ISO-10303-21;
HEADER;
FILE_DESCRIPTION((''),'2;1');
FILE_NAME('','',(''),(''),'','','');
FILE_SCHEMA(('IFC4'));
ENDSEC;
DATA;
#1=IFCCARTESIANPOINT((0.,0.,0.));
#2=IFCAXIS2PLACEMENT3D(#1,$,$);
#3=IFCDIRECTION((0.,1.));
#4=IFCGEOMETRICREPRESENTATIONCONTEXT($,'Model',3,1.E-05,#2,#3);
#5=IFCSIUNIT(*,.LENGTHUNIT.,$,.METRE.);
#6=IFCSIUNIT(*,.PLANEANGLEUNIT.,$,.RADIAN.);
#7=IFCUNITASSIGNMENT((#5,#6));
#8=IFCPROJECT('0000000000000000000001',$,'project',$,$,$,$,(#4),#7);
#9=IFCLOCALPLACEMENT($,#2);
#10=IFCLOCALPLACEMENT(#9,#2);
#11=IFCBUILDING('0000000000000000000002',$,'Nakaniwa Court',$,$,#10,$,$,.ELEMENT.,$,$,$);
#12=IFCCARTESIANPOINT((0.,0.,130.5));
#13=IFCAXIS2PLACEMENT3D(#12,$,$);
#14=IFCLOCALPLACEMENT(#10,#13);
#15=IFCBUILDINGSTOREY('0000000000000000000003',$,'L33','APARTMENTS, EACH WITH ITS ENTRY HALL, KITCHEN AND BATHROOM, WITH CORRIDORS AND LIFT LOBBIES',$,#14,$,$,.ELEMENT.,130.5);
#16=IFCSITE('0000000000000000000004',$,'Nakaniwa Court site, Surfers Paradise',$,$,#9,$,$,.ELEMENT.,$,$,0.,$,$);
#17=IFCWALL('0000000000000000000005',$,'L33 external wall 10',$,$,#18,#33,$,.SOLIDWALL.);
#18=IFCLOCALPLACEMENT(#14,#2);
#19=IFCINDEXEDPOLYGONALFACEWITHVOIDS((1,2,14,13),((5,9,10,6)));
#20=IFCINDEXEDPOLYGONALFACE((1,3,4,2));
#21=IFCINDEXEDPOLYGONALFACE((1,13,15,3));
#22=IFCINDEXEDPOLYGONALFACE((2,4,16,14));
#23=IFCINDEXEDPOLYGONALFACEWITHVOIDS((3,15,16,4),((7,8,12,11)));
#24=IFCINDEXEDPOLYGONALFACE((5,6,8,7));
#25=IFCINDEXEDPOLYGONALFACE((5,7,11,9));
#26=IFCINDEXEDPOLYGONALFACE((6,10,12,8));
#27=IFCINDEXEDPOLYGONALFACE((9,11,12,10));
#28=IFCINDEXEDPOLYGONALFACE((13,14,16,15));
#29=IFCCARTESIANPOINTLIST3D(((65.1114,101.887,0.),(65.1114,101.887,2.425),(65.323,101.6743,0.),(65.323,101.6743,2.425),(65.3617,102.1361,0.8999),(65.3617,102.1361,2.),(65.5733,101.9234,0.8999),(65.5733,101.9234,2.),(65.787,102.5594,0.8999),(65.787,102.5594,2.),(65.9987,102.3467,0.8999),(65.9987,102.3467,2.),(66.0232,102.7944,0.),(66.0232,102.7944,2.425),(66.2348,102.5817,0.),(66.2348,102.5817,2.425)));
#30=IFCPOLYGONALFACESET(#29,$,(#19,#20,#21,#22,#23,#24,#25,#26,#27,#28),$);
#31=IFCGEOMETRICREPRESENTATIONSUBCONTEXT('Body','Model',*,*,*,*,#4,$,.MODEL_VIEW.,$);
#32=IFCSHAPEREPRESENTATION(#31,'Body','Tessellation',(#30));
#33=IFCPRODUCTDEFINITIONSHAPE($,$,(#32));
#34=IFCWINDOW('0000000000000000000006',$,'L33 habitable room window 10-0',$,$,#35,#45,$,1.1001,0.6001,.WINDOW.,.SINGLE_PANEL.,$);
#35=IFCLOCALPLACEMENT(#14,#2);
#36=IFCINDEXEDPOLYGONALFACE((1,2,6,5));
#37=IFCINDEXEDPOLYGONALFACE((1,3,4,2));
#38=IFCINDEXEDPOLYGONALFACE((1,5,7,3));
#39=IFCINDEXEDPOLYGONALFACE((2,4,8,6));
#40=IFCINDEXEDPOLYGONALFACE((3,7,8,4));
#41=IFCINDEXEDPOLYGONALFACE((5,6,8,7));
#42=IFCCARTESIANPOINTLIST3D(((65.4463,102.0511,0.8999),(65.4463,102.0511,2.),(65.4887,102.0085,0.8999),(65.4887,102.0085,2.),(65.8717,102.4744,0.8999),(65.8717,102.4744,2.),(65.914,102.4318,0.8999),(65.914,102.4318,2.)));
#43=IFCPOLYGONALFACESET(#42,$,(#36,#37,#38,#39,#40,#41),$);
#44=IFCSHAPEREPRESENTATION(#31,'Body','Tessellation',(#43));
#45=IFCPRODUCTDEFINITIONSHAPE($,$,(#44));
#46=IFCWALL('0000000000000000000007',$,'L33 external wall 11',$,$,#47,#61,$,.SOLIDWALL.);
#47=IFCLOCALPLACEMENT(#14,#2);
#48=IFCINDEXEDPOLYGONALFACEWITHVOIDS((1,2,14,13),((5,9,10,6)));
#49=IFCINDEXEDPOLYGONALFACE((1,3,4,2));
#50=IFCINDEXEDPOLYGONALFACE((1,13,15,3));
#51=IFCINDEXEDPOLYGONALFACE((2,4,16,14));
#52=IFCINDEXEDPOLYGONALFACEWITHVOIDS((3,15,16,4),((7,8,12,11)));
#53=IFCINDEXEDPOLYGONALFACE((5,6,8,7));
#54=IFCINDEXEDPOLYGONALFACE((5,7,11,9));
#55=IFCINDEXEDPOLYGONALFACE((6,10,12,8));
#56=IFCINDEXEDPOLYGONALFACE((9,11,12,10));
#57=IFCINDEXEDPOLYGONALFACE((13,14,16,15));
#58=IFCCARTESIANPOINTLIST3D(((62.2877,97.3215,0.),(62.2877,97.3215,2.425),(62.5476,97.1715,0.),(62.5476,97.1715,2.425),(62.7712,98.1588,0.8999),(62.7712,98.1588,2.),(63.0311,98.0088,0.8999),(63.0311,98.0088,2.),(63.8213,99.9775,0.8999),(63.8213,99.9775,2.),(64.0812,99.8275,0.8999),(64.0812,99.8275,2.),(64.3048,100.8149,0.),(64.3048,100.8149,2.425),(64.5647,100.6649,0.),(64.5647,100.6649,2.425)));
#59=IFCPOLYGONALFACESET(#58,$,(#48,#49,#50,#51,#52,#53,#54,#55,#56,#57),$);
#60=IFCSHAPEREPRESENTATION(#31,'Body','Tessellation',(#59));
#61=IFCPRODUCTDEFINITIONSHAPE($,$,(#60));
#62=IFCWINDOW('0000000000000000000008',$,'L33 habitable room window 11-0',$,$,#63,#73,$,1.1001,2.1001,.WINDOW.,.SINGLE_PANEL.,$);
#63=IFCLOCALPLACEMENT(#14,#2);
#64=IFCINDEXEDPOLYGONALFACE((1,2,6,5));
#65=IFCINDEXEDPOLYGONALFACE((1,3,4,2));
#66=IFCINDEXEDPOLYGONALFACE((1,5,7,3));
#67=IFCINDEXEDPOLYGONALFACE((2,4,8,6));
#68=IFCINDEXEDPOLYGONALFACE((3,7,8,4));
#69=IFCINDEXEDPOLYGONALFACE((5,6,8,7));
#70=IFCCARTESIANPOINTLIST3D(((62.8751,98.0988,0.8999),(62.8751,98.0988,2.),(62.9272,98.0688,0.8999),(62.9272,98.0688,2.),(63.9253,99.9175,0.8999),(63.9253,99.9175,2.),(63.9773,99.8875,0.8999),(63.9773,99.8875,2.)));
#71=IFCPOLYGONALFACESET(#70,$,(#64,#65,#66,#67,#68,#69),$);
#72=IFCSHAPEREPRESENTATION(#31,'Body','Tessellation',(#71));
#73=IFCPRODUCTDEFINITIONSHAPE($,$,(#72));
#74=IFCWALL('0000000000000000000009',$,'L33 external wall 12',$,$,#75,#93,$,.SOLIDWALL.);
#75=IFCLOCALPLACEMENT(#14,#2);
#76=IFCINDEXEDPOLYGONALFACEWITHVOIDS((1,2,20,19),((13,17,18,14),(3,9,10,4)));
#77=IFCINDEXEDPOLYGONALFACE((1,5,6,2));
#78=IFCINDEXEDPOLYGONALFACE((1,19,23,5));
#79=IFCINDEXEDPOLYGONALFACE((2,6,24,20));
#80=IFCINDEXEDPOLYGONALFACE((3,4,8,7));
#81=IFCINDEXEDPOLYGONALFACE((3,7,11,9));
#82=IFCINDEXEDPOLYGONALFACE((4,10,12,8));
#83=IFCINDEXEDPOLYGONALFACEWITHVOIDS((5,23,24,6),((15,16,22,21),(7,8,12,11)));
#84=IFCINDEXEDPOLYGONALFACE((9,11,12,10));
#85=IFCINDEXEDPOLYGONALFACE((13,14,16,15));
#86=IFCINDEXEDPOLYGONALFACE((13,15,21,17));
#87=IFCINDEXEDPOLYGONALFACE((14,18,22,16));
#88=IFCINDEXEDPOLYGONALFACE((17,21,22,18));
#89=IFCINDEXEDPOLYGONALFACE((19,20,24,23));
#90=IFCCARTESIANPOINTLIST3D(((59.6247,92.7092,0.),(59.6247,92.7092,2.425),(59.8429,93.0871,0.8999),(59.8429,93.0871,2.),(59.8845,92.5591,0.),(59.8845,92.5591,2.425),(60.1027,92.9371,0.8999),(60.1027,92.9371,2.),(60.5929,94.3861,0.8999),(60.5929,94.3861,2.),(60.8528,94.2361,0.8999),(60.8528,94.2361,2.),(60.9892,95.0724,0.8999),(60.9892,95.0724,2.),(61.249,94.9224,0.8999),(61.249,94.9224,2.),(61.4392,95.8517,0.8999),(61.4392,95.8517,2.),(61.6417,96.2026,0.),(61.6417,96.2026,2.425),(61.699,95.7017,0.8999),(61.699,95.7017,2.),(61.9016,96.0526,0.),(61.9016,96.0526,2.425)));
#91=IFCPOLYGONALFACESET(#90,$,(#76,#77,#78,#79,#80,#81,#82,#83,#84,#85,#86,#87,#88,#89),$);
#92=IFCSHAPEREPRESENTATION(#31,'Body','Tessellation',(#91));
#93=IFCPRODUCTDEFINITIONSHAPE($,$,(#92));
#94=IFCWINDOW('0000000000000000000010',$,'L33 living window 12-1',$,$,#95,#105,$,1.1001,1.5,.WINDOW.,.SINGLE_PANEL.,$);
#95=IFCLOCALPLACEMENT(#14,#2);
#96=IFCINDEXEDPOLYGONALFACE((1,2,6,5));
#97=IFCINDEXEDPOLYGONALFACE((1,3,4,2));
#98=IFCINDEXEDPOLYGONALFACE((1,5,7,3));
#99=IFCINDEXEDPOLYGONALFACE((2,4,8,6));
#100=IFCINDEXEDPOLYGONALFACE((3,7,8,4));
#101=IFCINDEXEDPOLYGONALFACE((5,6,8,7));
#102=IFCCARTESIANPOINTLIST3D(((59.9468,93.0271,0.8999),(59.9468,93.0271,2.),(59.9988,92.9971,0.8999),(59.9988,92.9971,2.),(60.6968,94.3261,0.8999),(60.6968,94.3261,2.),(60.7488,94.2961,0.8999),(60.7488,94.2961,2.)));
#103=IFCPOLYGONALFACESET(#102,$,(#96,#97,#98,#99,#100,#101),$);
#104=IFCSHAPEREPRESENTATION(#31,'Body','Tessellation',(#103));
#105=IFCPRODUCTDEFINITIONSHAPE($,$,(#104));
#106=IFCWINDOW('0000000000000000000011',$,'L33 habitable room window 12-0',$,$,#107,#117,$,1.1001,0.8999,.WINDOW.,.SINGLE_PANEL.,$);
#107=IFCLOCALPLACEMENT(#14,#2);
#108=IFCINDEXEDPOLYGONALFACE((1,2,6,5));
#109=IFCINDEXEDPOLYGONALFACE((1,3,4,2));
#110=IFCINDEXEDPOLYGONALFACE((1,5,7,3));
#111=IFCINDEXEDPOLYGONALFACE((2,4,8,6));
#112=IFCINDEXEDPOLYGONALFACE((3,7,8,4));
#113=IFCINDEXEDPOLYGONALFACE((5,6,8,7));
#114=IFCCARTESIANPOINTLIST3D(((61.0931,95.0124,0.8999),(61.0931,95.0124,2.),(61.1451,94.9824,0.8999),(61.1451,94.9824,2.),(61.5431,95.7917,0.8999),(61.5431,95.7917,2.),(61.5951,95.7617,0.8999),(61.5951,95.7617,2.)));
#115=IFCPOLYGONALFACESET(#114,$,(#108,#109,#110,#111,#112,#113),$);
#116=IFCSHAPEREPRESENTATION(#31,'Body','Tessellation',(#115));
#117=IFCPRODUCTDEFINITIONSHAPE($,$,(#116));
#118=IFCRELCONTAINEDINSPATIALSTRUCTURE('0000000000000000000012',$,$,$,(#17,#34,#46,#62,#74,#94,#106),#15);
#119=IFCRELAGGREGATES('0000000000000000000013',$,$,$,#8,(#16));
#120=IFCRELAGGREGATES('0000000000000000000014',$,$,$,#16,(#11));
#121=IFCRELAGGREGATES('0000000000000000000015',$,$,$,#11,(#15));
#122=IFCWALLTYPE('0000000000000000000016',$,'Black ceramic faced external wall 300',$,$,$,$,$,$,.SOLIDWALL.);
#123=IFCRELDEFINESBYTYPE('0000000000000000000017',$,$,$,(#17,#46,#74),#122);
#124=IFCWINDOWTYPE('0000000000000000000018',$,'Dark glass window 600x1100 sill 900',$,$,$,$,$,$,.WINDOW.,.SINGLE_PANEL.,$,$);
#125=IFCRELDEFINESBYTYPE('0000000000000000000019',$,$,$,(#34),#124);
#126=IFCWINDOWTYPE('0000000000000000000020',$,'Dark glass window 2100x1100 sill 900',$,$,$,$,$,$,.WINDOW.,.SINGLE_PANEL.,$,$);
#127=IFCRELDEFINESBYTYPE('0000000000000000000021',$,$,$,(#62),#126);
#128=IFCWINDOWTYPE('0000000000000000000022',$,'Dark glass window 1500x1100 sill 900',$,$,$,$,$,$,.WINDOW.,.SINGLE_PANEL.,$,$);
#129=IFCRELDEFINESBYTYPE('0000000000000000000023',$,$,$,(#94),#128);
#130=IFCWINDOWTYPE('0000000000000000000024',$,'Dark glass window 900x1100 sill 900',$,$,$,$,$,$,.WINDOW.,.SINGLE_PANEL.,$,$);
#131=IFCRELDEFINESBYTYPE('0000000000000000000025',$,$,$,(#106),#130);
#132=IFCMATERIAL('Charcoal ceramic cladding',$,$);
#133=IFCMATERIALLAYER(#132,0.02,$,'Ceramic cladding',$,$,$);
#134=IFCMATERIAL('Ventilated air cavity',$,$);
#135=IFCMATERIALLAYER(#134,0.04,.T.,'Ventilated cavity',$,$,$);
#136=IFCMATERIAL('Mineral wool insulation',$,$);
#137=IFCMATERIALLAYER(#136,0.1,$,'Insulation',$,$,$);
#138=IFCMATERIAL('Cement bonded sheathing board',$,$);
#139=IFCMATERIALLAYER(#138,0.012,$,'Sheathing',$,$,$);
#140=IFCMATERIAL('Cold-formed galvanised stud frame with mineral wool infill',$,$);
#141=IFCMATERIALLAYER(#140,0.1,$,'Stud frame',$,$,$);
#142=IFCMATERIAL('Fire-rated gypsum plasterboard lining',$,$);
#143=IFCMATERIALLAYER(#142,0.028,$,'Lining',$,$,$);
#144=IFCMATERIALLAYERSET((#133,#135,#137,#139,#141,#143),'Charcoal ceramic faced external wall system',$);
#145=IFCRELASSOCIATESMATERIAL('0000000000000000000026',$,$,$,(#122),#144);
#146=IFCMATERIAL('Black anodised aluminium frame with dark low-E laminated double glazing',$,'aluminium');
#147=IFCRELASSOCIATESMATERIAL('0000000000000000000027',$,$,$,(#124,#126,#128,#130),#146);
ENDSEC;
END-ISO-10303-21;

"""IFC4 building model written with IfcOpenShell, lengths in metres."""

from ifc_helpers import new_model, si_unit, direction, frame, frame_2d, origin, place, context, subcontext, project, spatial, rectangle, extrude, material, layer, layer_set, type_object, element, fill, save


model = new_model("IFC4")

# Units and contexts
model_context = context("Model", 3, precision=1e-05, world=origin(), true_north=direction((0.0, 1.0)))
body_context = subcontext(model_context, "Body", "Model", "MODEL_VIEW")
ifc_project = project(units=[si_unit("LENGTHUNIT", "METRE"), si_unit("PLANEANGLEUNIT", "RADIAN")], contexts=[model_context])

# Site, building, storey
site_placement = place(None, origin())
site = spatial("IfcSite", under=ifc_project, at=site_placement, Name="Nakaniwa Court site, Surfers Paradise", CompositionType="ELEMENT", RefElevation=0.0)
building_placement = place(site_placement, origin())
building = spatial("IfcBuilding", under=site, at=building_placement, Name="Nakaniwa Court", CompositionType="ELEMENT")
storey_placement = place(building_placement, frame((0.0, 0.0, 130.5)))
storey = spatial("IfcBuildingStorey", under=building, at=storey_placement, Name="L33", Description="APARTMENTS, EACH WITH ITS ENTRY HALL, KITCHEN AND BATHROOM, WITH CORRIDORS AND LIFT LOBBIES", CompositionType="ELEMENT", Elevation=130.5)

# Walls, openings, windows
ifc_material_1 = material(Name="Charcoal ceramic cladding")
ifc_layer_1 = layer(ifc_material_1, 0.02, Name="Ceramic cladding")
ifc_material_2 = material(Name="Ventilated air cavity")
ifc_layer_2 = layer(ifc_material_2, 0.04, ventilated=True, Name="Ventilated cavity")
ifc_material_3 = material(Name="Mineral wool insulation")
ifc_layer_3 = layer(ifc_material_3, 0.1, Name="Insulation")
ifc_material_4 = material(Name="Cement bonded sheathing board")
ifc_layer_4 = layer(ifc_material_4, 0.012, Name="Sheathing")
ifc_material_5 = material(Name="Cold-formed galvanised stud frame with mineral wool infill")
ifc_layer_5 = layer(ifc_material_5, 0.1, Name="Stud frame")
ifc_material_6 = material(Name="Fire-rated gypsum plasterboard lining")
ifc_layer_6 = layer(ifc_material_6, 0.028, Name="Lining")
ifc_layer_set_1 = layer_set([ifc_layer_1, ifc_layer_2, ifc_layer_3, ifc_layer_4, ifc_layer_5, ifc_layer_6], Name="Charcoal ceramic faced external wall system")
wall_type_1 = type_object("IfcWallType", Name="Black ceramic faced external wall 300", PredefinedType="SOLIDWALL", material=ifc_layer_set_1)
wall_1_placement = place(storey_placement, frame((66.1289, 102.688, 0.0), z_axis=(0.0, 0.0, 1.0), x_axis=(-0.708813, -0.705397, 0.0)))
wall_1 = element("IfcWall", 1, at=wall_1_placement, inside=storey, type_object=wall_type_1, Name="L33 external wall 10", PredefinedType="SOLIDWALL", context=body_context, shape_type="SweptSolid", body=[
    extrude(rectangle(XDim=1.2864, YDim=0.3, at=frame_2d((0.6431, 0.0))), origin(), (0.0, 0.0, 1.0), 2.425),
])
opening_1_placement = place(wall_1_placement, frame((0.333, 0.0, 0.8999)))
opening_1 = element("IfcOpeningElement", 2, at=opening_1_placement, cuts=wall_1, PredefinedType="OPENING", context=body_context, shape_type="SweptSolid", body=[
    extrude(rectangle(XDim=0.6001, YDim=1.1001, at=frame_2d((0.3, 0.55))), frame((0.0, 0.1599, 0.0), z_axis=(0.0, -1.0, 0.0), x_axis=(1.0, 0.0, 0.0)), (0.0, 0.0, 1.0), 0.3201),
])
ifc_material_7 = material(Name="Black anodised aluminium frame with dark low-E laminated double glazing", Category="aluminium")
window_type_1 = type_object("IfcWindowType", Name="Dark glass window 600x1100 sill 900", PartitioningType="SINGLE_PANEL", PredefinedType="WINDOW", material=ifc_material_7)
window_1_placement = place(opening_1_placement, origin())
window_1 = element("IfcWindow", 3, at=window_1_placement, inside=storey, type_object=window_type_1, Name="L33 habitable room window 10-0", OverallHeight=1.1001, OverallWidth=0.6001, PartitioningType="SINGLE_PANEL", PredefinedType="WINDOW", context=body_context, shape_type="SweptSolid", body=[
    extrude(rectangle(XDim=0.6001, YDim=1.1001, at=frame_2d((0.3, 0.55))), frame((0.0, 0.03, 0.0), z_axis=(0.0, -1.0, 0.0), x_axis=(1.0, 0.0, 0.0)), (0.0, 0.0, 1.0), 0.0601),
])
fill(opening_1, window_1)
wall_2_placement = place(storey_placement, frame((64.4348, 100.74, 0.0), z_axis=(0.0, 0.0, 1.0), x_axis=(-0.500032, -0.866007, 0.0)))
wall_2 = element("IfcWall", 4, at=wall_2_placement, inside=storey, type_object=wall_type_1, Name="L33 external wall 11", PredefinedType="SOLIDWALL", context=body_context, shape_type="SweptSolid", body=[
    extrude(rectangle(XDim=4.0339, YDim=0.3, at=frame_2d((2.0171, 0.0))), origin(), (0.0, 0.0, 1.0), 2.425),
])
opening_2_placement = place(wall_2_placement, frame((0.967, 0.0, 0.8999)))
opening_2 = element("IfcOpeningElement", 5, at=opening_2_placement, cuts=wall_2, PredefinedType="OPENING", context=body_context, shape_type="SweptSolid", body=[
    extrude(rectangle(XDim=2.1001, YDim=1.1001, at=frame_2d((1.05, 0.55))), frame((0.0, 0.1599, 0.0), z_axis=(0.0, -1.0, 0.0), x_axis=(1.0, 0.0, 0.0)), (0.0, 0.0, 1.0), 0.3201),
])
window_type_2 = type_object("IfcWindowType", Name="Dark glass window 2100x1100 sill 900", PartitioningType="SINGLE_PANEL", PredefinedType="WINDOW", material=ifc_material_7)
window_2_placement = place(opening_2_placement, origin())
window_2 = element("IfcWindow", 6, at=window_2_placement, inside=storey, type_object=window_type_2, Name="L33 habitable room window 11-0", OverallHeight=1.1001, OverallWidth=2.1001, PartitioningType="SINGLE_PANEL", PredefinedType="WINDOW", context=body_context, shape_type="SweptSolid", body=[
    extrude(rectangle(XDim=2.1001, YDim=1.1001, at=frame_2d((1.05, 0.55))), frame((0.0, 0.03, 0.0), z_axis=(0.0, -1.0, 0.0), x_axis=(1.0, 0.0, 0.0)), (0.0, 0.0, 1.0), 0.0601),
])
fill(opening_2, window_2)

# Wall, openings, windows
wall_3_placement = place(storey_placement, frame((61.7717, 96.1277, 0.0), z_axis=(0.0, 0.0, 1.0), x_axis=(-0.500032, -0.866007, 0.0)))
wall_3 = element("IfcWall", 7, at=wall_3_placement, inside=storey, type_object=wall_type_1, Name="L33 external wall 12", PredefinedType="SOLIDWALL", context=body_context, shape_type="SweptSolid", body=[
    extrude(rectangle(XDim=4.0339, YDim=0.3, at=frame_2d((2.0171, 0.0))), origin(), (0.0, 0.0, 1.0), 2.425),
])
opening_3_placement = place(wall_3_placement, frame((0.4053, 0.0, 0.8999)))
opening_3 = element("IfcOpeningElement", 8, at=opening_3_placement, cuts=wall_3, PredefinedType="OPENING", context=body_context, shape_type="SweptSolid", body=[
    extrude(rectangle(XDim=0.8999, YDim=1.1001, at=frame_2d((0.45, 0.55))), frame((0.0, 0.1599, 0.0), z_axis=(0.0, -1.0, 0.0), x_axis=(1.0, 0.0, 0.0)), (0.0, 0.0, 1.0), 0.3201),
])
opening_4_placement = place(wall_3_placement, frame((2.0977, 0.0, 0.8999)))
opening_4 = element("IfcOpeningElement", 9, at=opening_4_placement, cuts=wall_3, PredefinedType="OPENING", context=body_context, shape_type="SweptSolid", body=[
    extrude(rectangle(XDim=1.5, YDim=1.1001, at=frame_2d((0.75, 0.55))), frame((0.0, 0.1599, 0.0), z_axis=(0.0, -1.0, 0.0), x_axis=(1.0, 0.0, 0.0)), (0.0, 0.0, 1.0), 0.3201),
])
window_type_3 = type_object("IfcWindowType", Name="Dark glass window 1500x1100 sill 900", PartitioningType="SINGLE_PANEL", PredefinedType="WINDOW", material=ifc_material_7)
window_3_placement = place(opening_4_placement, origin())
window_3 = element("IfcWindow", 10, at=window_3_placement, inside=storey, type_object=window_type_3, Name="L33 living window 12-1", OverallHeight=1.1001, OverallWidth=1.5, PartitioningType="SINGLE_PANEL", PredefinedType="WINDOW", context=body_context, shape_type="SweptSolid", body=[
    extrude(rectangle(XDim=1.5, YDim=1.1001, at=frame_2d((0.75, 0.55))), frame((0.0, 0.03, 0.0), z_axis=(0.0, -1.0, 0.0), x_axis=(1.0, 0.0, 0.0)), (0.0, 0.0, 1.0), 0.0601),
])
fill(opening_4, window_3)
window_type_4 = type_object("IfcWindowType", Name="Dark glass window 900x1100 sill 900", PartitioningType="SINGLE_PANEL", PredefinedType="WINDOW", material=ifc_material_7)
window_4_placement = place(opening_3_placement, origin())
window_4 = element("IfcWindow", 11, at=window_4_placement, inside=storey, type_object=window_type_4, Name="L33 habitable room window 12-0", OverallHeight=1.1001, OverallWidth=0.8999, PartitioningType="SINGLE_PANEL", PredefinedType="WINDOW", context=body_context, shape_type="SweptSolid", body=[
    extrude(rectangle(XDim=0.8999, YDim=1.1001, at=frame_2d((0.45, 0.55))), frame((0.0, 0.03, 0.0), z_axis=(0.0, -1.0, 0.0), x_axis=(1.0, 0.0, 0.0)), (0.0, 0.0, 1.0), 0.0601),
])
fill(opening_3, window_4)

save(model, "model.ifc")
